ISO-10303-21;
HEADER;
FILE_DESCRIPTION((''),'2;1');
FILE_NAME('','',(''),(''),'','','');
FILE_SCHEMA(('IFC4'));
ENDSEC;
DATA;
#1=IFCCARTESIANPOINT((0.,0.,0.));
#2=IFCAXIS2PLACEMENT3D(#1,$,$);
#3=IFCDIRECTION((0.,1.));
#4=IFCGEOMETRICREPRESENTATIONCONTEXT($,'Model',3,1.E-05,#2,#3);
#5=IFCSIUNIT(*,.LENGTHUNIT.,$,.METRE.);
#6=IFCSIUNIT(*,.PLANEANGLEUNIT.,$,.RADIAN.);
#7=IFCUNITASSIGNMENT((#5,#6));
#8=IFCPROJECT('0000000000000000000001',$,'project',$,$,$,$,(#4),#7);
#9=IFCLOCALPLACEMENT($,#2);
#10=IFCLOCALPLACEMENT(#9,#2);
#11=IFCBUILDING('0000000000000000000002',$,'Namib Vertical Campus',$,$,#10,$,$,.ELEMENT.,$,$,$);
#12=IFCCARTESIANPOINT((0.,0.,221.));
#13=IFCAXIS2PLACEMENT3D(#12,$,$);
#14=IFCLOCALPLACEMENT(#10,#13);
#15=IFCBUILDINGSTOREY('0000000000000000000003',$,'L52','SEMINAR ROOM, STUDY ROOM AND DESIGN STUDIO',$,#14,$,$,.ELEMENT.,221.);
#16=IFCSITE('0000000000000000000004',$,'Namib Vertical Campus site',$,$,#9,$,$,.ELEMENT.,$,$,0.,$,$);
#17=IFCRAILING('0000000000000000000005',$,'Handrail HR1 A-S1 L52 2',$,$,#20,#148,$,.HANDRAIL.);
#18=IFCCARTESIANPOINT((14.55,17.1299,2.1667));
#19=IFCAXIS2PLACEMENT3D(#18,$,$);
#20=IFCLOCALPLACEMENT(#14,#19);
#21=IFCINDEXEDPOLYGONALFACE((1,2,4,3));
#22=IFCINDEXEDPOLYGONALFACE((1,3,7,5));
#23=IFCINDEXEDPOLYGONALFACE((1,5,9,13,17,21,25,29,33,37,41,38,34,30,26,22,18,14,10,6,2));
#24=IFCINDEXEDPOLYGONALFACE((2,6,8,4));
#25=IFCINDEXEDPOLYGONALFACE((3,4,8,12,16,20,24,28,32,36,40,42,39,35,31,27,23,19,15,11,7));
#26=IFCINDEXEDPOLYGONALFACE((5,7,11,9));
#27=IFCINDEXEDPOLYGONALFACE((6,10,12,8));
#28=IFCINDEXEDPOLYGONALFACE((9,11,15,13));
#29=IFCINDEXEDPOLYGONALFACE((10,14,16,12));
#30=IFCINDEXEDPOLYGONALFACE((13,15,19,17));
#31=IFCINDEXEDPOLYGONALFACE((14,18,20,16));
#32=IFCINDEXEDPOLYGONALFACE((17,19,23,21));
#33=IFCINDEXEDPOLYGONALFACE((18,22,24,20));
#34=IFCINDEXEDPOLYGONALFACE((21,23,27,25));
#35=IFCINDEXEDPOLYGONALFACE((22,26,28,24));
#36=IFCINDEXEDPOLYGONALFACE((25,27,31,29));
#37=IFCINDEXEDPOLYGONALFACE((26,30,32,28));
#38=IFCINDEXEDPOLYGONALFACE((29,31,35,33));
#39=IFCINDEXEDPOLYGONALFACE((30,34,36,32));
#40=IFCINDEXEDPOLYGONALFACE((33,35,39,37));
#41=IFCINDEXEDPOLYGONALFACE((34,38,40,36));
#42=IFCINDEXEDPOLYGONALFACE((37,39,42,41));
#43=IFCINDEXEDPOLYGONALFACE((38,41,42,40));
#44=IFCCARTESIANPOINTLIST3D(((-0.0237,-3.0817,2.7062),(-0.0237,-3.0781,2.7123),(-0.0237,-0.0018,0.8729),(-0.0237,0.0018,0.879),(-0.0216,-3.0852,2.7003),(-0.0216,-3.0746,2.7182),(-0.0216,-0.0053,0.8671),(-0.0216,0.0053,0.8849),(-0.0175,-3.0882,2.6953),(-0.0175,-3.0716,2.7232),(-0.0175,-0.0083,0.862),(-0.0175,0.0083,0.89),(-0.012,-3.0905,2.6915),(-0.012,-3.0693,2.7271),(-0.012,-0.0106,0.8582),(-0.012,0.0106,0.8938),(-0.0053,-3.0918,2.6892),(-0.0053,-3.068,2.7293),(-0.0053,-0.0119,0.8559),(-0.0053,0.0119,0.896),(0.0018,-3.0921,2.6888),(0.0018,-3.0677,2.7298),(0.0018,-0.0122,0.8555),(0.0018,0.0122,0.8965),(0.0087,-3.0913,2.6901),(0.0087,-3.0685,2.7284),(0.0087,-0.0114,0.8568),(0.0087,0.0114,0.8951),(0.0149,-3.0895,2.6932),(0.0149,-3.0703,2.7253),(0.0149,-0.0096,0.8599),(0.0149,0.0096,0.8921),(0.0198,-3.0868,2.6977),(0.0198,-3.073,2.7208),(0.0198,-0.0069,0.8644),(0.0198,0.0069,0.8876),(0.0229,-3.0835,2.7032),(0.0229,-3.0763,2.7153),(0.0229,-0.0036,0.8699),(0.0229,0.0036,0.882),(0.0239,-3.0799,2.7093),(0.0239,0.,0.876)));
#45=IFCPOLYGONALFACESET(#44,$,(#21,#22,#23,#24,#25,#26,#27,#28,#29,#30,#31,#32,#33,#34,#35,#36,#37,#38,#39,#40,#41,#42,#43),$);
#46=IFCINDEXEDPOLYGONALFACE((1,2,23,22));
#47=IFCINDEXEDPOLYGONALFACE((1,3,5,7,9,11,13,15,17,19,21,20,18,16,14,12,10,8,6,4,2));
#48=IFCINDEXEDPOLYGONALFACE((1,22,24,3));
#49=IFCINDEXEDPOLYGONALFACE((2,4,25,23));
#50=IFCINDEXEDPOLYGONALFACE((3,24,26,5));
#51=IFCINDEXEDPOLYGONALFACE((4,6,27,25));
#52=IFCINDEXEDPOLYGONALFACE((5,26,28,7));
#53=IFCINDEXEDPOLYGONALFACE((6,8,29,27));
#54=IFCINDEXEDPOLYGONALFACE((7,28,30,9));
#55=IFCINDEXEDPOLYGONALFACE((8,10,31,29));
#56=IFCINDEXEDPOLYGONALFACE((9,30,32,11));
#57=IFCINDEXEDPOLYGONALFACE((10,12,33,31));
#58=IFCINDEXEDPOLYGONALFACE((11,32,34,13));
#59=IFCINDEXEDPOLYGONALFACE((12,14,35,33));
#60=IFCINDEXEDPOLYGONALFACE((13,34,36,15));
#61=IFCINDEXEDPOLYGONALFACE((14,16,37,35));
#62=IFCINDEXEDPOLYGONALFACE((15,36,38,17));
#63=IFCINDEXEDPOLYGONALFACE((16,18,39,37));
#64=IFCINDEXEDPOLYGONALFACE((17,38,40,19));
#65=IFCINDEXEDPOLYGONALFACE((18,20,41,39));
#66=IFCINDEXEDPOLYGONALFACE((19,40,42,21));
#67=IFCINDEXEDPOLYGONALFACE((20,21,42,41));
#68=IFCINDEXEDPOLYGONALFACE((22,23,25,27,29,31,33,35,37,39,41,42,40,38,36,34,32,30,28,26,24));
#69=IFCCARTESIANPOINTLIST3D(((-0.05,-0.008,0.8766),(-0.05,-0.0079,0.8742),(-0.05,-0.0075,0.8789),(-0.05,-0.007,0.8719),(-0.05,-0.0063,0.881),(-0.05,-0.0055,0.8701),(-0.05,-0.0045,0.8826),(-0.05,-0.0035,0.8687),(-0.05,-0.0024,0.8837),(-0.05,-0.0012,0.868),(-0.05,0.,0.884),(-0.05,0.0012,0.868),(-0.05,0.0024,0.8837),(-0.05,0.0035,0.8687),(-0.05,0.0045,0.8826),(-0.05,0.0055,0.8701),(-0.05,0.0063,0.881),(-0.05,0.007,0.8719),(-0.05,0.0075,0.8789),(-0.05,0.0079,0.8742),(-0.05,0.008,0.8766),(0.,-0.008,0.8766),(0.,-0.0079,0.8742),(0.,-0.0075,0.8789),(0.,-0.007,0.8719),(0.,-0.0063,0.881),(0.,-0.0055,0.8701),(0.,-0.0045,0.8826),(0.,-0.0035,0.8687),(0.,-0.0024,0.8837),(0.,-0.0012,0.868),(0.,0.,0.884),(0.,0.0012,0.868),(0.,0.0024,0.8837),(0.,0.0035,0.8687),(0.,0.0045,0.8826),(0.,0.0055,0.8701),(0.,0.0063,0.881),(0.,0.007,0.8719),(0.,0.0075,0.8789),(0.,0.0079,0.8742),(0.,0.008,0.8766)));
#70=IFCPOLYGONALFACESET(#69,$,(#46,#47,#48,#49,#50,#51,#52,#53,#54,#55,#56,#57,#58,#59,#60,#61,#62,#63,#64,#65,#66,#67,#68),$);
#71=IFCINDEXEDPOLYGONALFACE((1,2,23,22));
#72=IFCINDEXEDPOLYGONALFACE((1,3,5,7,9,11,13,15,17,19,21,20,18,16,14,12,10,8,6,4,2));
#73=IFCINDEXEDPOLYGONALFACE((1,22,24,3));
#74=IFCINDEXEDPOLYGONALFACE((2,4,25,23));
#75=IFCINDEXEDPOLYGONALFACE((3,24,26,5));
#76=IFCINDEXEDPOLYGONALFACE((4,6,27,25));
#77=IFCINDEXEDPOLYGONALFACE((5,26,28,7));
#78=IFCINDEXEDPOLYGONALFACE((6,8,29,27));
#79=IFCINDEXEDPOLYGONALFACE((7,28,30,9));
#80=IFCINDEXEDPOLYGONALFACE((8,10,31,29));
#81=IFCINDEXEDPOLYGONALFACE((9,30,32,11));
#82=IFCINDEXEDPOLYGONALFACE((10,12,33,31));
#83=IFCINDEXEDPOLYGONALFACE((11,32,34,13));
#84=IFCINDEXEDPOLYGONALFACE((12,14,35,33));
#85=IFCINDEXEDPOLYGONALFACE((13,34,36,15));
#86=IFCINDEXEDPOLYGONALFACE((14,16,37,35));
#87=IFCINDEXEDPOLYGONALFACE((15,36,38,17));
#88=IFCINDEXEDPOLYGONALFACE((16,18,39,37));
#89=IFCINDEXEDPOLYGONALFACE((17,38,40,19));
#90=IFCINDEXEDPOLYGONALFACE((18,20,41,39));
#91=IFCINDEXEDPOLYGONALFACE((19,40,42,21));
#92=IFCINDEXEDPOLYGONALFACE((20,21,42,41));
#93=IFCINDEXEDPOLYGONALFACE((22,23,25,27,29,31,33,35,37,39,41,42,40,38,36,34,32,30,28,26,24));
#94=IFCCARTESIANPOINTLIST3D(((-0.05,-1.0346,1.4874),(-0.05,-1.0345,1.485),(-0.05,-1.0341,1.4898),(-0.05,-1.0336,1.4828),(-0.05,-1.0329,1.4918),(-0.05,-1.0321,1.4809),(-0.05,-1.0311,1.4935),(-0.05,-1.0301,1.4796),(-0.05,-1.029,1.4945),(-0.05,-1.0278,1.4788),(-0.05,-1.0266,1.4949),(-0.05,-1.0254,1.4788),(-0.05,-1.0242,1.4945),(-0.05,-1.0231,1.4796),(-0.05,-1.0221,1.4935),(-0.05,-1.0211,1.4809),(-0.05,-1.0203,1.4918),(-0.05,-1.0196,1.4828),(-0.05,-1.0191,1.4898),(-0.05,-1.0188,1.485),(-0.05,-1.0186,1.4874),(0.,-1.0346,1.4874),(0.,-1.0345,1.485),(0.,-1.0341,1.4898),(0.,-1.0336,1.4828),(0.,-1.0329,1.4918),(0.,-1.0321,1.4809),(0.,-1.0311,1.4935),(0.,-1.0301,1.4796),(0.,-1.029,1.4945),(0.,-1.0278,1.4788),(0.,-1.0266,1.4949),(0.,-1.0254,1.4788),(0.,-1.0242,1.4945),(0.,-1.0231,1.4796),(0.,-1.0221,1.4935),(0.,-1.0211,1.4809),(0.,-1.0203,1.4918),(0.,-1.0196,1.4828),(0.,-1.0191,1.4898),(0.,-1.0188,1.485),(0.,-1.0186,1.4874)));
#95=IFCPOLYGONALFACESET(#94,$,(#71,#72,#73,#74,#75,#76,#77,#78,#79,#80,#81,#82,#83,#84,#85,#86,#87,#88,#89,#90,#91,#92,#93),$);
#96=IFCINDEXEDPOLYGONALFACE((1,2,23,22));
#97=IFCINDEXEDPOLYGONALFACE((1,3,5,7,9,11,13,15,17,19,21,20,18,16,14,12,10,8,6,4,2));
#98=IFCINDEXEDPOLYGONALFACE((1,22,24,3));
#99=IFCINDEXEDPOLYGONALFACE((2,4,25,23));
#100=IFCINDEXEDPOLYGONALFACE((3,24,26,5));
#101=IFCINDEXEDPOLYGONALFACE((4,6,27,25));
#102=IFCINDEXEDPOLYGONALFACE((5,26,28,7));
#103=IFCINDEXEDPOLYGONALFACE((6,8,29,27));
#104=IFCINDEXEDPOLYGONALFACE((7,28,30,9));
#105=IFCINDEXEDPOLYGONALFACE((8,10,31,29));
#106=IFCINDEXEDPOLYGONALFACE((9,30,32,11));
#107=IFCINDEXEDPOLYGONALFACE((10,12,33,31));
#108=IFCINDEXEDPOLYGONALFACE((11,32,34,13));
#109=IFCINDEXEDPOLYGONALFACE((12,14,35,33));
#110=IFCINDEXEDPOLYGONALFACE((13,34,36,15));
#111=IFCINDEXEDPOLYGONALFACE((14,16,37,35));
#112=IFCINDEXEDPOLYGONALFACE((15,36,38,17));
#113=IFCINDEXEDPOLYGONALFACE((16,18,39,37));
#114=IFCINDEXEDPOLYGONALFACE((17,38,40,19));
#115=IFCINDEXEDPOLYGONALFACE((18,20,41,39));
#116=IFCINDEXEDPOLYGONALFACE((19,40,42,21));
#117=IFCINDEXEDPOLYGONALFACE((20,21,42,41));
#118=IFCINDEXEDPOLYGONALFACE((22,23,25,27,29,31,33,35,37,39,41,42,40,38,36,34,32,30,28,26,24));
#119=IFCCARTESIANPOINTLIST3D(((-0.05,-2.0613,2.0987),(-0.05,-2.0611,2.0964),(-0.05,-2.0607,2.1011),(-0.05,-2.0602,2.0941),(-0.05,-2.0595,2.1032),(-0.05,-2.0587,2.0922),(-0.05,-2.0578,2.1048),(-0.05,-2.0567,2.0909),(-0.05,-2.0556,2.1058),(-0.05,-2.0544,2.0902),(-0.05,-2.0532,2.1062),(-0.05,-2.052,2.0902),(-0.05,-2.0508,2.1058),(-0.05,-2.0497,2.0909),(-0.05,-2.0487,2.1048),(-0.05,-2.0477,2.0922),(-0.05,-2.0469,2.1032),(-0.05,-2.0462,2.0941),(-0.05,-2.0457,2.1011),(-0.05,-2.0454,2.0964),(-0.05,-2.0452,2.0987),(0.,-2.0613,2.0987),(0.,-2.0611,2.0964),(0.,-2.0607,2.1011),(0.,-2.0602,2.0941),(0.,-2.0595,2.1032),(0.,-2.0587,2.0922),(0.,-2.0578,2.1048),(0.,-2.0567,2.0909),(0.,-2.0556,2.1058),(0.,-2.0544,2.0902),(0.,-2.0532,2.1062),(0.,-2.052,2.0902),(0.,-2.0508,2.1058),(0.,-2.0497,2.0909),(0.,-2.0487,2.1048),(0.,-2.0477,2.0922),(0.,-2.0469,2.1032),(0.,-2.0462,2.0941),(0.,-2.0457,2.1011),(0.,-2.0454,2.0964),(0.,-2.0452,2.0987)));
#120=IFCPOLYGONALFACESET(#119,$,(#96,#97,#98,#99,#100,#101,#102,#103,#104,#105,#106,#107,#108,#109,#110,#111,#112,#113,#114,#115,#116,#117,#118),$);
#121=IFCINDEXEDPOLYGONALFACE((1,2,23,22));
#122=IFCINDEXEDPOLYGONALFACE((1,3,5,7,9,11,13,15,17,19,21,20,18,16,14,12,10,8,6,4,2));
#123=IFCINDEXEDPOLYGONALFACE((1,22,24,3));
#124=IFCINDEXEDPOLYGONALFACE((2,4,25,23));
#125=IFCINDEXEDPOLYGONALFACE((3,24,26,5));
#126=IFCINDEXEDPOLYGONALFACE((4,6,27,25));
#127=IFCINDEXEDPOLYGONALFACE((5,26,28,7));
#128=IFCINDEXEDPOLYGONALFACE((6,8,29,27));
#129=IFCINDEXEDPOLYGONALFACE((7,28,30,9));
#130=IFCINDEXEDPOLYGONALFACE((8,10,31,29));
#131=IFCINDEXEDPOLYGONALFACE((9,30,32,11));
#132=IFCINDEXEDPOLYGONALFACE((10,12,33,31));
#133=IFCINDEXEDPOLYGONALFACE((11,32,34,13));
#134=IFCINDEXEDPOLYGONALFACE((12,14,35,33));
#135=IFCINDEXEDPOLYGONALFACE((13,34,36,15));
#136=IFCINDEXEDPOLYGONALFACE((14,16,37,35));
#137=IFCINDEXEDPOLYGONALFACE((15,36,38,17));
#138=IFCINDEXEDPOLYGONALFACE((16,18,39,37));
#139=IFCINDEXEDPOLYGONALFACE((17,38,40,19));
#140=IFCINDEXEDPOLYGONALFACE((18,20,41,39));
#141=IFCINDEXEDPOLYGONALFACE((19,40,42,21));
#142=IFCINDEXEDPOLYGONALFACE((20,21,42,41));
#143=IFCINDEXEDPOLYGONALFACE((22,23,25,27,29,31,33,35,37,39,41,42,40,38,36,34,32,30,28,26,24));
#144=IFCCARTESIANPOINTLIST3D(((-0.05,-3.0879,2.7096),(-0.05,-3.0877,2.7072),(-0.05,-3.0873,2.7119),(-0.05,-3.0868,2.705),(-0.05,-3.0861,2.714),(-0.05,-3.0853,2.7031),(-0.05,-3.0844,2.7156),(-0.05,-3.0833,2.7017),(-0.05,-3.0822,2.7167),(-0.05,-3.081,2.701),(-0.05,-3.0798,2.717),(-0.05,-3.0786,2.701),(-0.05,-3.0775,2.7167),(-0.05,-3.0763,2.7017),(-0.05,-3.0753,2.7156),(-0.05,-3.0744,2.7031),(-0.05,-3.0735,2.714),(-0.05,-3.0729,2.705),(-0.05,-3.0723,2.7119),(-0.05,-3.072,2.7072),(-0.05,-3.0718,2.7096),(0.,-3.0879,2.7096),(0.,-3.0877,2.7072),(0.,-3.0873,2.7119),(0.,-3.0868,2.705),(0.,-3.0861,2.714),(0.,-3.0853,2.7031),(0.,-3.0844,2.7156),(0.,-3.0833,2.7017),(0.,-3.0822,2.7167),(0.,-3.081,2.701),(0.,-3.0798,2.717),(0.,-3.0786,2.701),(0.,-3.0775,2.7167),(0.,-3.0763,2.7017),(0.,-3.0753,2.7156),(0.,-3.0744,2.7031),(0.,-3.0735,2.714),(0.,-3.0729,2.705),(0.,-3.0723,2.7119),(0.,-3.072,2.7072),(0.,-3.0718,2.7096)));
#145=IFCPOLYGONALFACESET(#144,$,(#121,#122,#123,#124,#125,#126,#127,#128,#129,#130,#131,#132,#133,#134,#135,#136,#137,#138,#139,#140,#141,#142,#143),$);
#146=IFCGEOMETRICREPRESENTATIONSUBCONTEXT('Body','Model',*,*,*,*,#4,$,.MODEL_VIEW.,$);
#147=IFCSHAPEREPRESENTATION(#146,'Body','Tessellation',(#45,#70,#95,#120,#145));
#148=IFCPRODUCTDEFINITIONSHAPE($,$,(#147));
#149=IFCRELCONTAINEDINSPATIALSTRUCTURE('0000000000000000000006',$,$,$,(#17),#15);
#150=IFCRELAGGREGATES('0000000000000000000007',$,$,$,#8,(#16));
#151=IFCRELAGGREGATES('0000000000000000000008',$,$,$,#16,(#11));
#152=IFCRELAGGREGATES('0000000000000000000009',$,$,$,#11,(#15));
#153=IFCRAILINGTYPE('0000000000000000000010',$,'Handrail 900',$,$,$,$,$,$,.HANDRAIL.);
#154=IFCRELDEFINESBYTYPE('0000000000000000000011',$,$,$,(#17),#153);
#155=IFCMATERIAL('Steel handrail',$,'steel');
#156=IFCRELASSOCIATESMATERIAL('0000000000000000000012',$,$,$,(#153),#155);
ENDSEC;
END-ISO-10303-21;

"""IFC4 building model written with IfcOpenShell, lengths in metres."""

from ifc_helpers import new_model, si_unit, direction, frame, origin, origin_2d, place, context, subcontext, project, spatial, circle, extrude, material, type_object, element, save


model = new_model("IFC4")

# Units and contexts
model_context = context("Model", 3, precision=1e-05, world=origin(), true_north=direction((0.0, 1.0)))
body_context = subcontext(model_context, "Body", "Model", "MODEL_VIEW")
ifc_project = project(units=[si_unit("LENGTHUNIT", "METRE"), si_unit("PLANEANGLEUNIT", "RADIAN")], contexts=[model_context])

# Site, building, storey
site_placement = place(None, origin())
site = spatial("IfcSite", under=ifc_project, at=site_placement, Name="Namib Vertical Campus site", CompositionType="ELEMENT", RefElevation=0.0)
building_placement = place(site_placement, origin())
building = spatial("IfcBuilding", under=site, at=building_placement, Name="Namib Vertical Campus", CompositionType="ELEMENT")
storey_placement = place(building_placement, frame((0.0, 0.0, 221.0)))
storey = spatial("IfcBuildingStorey", under=building, at=storey_placement, Name="L52", Description="SEMINAR ROOM, STUDY ROOM AND DESIGN STUDIO", CompositionType="ELEMENT", Elevation=221.0)

# Railing
ifc_material_1 = material(Name="Steel handrail", Category="steel")
railing_type = type_object("IfcRailingType", Name="Handrail 900", PredefinedType="HANDRAIL", material=ifc_material_1)
railing_1_placement = place(storey_placement, frame((14.55, 17.1299, 2.1667)))
element("IfcRailing", 1, at=railing_1_placement, inside=storey, type_object=railing_type, Name="Handrail HR1 A-S1 L52 2", PredefinedType="HANDRAIL", context=body_context, shape_type="SweptSolid", body=[
    extrude(circle(Radius=0.0239, at=origin_2d()), frame((0.0, 0.0, 0.876), z_axis=(0.0, -0.859291, 0.511487), x_axis=(1.0, 0.0, 0.0)), (0.0, 0.0, 1.0), 3.5842),
    extrude(circle(Radius=0.0081, at=origin_2d()), frame((0.0, 0.0, 0.876), z_axis=(-1.0, 0.0, 0.0), x_axis=(0.0, 0.0, 1.0)), (0.0, 0.0, 1.0), 0.05),
    extrude(circle(Radius=0.0081, at=origin_2d()), frame((0.0, -1.0266, 1.4868), z_axis=(-1.0, 0.0, 0.0), x_axis=(0.0, 0.0, 1.0)), (0.0, 0.0, 1.0), 0.05),
    extrude(circle(Radius=0.0081, at=origin_2d()), frame((0.0, -2.0532, 2.0981), z_axis=(-1.0, 0.0, 0.0), x_axis=(0.0, 0.0, 1.0)), (0.0, 0.0, 1.0), 0.05),
    extrude(circle(Radius=0.0081, at=origin_2d()), frame((0.0, -3.0798, 2.709), z_axis=(-1.0, 0.0, 0.0), x_axis=(0.0, 0.0, 1.0)), (0.0, 0.0, 1.0), 0.05),
])

save(model, "model.ifc")
